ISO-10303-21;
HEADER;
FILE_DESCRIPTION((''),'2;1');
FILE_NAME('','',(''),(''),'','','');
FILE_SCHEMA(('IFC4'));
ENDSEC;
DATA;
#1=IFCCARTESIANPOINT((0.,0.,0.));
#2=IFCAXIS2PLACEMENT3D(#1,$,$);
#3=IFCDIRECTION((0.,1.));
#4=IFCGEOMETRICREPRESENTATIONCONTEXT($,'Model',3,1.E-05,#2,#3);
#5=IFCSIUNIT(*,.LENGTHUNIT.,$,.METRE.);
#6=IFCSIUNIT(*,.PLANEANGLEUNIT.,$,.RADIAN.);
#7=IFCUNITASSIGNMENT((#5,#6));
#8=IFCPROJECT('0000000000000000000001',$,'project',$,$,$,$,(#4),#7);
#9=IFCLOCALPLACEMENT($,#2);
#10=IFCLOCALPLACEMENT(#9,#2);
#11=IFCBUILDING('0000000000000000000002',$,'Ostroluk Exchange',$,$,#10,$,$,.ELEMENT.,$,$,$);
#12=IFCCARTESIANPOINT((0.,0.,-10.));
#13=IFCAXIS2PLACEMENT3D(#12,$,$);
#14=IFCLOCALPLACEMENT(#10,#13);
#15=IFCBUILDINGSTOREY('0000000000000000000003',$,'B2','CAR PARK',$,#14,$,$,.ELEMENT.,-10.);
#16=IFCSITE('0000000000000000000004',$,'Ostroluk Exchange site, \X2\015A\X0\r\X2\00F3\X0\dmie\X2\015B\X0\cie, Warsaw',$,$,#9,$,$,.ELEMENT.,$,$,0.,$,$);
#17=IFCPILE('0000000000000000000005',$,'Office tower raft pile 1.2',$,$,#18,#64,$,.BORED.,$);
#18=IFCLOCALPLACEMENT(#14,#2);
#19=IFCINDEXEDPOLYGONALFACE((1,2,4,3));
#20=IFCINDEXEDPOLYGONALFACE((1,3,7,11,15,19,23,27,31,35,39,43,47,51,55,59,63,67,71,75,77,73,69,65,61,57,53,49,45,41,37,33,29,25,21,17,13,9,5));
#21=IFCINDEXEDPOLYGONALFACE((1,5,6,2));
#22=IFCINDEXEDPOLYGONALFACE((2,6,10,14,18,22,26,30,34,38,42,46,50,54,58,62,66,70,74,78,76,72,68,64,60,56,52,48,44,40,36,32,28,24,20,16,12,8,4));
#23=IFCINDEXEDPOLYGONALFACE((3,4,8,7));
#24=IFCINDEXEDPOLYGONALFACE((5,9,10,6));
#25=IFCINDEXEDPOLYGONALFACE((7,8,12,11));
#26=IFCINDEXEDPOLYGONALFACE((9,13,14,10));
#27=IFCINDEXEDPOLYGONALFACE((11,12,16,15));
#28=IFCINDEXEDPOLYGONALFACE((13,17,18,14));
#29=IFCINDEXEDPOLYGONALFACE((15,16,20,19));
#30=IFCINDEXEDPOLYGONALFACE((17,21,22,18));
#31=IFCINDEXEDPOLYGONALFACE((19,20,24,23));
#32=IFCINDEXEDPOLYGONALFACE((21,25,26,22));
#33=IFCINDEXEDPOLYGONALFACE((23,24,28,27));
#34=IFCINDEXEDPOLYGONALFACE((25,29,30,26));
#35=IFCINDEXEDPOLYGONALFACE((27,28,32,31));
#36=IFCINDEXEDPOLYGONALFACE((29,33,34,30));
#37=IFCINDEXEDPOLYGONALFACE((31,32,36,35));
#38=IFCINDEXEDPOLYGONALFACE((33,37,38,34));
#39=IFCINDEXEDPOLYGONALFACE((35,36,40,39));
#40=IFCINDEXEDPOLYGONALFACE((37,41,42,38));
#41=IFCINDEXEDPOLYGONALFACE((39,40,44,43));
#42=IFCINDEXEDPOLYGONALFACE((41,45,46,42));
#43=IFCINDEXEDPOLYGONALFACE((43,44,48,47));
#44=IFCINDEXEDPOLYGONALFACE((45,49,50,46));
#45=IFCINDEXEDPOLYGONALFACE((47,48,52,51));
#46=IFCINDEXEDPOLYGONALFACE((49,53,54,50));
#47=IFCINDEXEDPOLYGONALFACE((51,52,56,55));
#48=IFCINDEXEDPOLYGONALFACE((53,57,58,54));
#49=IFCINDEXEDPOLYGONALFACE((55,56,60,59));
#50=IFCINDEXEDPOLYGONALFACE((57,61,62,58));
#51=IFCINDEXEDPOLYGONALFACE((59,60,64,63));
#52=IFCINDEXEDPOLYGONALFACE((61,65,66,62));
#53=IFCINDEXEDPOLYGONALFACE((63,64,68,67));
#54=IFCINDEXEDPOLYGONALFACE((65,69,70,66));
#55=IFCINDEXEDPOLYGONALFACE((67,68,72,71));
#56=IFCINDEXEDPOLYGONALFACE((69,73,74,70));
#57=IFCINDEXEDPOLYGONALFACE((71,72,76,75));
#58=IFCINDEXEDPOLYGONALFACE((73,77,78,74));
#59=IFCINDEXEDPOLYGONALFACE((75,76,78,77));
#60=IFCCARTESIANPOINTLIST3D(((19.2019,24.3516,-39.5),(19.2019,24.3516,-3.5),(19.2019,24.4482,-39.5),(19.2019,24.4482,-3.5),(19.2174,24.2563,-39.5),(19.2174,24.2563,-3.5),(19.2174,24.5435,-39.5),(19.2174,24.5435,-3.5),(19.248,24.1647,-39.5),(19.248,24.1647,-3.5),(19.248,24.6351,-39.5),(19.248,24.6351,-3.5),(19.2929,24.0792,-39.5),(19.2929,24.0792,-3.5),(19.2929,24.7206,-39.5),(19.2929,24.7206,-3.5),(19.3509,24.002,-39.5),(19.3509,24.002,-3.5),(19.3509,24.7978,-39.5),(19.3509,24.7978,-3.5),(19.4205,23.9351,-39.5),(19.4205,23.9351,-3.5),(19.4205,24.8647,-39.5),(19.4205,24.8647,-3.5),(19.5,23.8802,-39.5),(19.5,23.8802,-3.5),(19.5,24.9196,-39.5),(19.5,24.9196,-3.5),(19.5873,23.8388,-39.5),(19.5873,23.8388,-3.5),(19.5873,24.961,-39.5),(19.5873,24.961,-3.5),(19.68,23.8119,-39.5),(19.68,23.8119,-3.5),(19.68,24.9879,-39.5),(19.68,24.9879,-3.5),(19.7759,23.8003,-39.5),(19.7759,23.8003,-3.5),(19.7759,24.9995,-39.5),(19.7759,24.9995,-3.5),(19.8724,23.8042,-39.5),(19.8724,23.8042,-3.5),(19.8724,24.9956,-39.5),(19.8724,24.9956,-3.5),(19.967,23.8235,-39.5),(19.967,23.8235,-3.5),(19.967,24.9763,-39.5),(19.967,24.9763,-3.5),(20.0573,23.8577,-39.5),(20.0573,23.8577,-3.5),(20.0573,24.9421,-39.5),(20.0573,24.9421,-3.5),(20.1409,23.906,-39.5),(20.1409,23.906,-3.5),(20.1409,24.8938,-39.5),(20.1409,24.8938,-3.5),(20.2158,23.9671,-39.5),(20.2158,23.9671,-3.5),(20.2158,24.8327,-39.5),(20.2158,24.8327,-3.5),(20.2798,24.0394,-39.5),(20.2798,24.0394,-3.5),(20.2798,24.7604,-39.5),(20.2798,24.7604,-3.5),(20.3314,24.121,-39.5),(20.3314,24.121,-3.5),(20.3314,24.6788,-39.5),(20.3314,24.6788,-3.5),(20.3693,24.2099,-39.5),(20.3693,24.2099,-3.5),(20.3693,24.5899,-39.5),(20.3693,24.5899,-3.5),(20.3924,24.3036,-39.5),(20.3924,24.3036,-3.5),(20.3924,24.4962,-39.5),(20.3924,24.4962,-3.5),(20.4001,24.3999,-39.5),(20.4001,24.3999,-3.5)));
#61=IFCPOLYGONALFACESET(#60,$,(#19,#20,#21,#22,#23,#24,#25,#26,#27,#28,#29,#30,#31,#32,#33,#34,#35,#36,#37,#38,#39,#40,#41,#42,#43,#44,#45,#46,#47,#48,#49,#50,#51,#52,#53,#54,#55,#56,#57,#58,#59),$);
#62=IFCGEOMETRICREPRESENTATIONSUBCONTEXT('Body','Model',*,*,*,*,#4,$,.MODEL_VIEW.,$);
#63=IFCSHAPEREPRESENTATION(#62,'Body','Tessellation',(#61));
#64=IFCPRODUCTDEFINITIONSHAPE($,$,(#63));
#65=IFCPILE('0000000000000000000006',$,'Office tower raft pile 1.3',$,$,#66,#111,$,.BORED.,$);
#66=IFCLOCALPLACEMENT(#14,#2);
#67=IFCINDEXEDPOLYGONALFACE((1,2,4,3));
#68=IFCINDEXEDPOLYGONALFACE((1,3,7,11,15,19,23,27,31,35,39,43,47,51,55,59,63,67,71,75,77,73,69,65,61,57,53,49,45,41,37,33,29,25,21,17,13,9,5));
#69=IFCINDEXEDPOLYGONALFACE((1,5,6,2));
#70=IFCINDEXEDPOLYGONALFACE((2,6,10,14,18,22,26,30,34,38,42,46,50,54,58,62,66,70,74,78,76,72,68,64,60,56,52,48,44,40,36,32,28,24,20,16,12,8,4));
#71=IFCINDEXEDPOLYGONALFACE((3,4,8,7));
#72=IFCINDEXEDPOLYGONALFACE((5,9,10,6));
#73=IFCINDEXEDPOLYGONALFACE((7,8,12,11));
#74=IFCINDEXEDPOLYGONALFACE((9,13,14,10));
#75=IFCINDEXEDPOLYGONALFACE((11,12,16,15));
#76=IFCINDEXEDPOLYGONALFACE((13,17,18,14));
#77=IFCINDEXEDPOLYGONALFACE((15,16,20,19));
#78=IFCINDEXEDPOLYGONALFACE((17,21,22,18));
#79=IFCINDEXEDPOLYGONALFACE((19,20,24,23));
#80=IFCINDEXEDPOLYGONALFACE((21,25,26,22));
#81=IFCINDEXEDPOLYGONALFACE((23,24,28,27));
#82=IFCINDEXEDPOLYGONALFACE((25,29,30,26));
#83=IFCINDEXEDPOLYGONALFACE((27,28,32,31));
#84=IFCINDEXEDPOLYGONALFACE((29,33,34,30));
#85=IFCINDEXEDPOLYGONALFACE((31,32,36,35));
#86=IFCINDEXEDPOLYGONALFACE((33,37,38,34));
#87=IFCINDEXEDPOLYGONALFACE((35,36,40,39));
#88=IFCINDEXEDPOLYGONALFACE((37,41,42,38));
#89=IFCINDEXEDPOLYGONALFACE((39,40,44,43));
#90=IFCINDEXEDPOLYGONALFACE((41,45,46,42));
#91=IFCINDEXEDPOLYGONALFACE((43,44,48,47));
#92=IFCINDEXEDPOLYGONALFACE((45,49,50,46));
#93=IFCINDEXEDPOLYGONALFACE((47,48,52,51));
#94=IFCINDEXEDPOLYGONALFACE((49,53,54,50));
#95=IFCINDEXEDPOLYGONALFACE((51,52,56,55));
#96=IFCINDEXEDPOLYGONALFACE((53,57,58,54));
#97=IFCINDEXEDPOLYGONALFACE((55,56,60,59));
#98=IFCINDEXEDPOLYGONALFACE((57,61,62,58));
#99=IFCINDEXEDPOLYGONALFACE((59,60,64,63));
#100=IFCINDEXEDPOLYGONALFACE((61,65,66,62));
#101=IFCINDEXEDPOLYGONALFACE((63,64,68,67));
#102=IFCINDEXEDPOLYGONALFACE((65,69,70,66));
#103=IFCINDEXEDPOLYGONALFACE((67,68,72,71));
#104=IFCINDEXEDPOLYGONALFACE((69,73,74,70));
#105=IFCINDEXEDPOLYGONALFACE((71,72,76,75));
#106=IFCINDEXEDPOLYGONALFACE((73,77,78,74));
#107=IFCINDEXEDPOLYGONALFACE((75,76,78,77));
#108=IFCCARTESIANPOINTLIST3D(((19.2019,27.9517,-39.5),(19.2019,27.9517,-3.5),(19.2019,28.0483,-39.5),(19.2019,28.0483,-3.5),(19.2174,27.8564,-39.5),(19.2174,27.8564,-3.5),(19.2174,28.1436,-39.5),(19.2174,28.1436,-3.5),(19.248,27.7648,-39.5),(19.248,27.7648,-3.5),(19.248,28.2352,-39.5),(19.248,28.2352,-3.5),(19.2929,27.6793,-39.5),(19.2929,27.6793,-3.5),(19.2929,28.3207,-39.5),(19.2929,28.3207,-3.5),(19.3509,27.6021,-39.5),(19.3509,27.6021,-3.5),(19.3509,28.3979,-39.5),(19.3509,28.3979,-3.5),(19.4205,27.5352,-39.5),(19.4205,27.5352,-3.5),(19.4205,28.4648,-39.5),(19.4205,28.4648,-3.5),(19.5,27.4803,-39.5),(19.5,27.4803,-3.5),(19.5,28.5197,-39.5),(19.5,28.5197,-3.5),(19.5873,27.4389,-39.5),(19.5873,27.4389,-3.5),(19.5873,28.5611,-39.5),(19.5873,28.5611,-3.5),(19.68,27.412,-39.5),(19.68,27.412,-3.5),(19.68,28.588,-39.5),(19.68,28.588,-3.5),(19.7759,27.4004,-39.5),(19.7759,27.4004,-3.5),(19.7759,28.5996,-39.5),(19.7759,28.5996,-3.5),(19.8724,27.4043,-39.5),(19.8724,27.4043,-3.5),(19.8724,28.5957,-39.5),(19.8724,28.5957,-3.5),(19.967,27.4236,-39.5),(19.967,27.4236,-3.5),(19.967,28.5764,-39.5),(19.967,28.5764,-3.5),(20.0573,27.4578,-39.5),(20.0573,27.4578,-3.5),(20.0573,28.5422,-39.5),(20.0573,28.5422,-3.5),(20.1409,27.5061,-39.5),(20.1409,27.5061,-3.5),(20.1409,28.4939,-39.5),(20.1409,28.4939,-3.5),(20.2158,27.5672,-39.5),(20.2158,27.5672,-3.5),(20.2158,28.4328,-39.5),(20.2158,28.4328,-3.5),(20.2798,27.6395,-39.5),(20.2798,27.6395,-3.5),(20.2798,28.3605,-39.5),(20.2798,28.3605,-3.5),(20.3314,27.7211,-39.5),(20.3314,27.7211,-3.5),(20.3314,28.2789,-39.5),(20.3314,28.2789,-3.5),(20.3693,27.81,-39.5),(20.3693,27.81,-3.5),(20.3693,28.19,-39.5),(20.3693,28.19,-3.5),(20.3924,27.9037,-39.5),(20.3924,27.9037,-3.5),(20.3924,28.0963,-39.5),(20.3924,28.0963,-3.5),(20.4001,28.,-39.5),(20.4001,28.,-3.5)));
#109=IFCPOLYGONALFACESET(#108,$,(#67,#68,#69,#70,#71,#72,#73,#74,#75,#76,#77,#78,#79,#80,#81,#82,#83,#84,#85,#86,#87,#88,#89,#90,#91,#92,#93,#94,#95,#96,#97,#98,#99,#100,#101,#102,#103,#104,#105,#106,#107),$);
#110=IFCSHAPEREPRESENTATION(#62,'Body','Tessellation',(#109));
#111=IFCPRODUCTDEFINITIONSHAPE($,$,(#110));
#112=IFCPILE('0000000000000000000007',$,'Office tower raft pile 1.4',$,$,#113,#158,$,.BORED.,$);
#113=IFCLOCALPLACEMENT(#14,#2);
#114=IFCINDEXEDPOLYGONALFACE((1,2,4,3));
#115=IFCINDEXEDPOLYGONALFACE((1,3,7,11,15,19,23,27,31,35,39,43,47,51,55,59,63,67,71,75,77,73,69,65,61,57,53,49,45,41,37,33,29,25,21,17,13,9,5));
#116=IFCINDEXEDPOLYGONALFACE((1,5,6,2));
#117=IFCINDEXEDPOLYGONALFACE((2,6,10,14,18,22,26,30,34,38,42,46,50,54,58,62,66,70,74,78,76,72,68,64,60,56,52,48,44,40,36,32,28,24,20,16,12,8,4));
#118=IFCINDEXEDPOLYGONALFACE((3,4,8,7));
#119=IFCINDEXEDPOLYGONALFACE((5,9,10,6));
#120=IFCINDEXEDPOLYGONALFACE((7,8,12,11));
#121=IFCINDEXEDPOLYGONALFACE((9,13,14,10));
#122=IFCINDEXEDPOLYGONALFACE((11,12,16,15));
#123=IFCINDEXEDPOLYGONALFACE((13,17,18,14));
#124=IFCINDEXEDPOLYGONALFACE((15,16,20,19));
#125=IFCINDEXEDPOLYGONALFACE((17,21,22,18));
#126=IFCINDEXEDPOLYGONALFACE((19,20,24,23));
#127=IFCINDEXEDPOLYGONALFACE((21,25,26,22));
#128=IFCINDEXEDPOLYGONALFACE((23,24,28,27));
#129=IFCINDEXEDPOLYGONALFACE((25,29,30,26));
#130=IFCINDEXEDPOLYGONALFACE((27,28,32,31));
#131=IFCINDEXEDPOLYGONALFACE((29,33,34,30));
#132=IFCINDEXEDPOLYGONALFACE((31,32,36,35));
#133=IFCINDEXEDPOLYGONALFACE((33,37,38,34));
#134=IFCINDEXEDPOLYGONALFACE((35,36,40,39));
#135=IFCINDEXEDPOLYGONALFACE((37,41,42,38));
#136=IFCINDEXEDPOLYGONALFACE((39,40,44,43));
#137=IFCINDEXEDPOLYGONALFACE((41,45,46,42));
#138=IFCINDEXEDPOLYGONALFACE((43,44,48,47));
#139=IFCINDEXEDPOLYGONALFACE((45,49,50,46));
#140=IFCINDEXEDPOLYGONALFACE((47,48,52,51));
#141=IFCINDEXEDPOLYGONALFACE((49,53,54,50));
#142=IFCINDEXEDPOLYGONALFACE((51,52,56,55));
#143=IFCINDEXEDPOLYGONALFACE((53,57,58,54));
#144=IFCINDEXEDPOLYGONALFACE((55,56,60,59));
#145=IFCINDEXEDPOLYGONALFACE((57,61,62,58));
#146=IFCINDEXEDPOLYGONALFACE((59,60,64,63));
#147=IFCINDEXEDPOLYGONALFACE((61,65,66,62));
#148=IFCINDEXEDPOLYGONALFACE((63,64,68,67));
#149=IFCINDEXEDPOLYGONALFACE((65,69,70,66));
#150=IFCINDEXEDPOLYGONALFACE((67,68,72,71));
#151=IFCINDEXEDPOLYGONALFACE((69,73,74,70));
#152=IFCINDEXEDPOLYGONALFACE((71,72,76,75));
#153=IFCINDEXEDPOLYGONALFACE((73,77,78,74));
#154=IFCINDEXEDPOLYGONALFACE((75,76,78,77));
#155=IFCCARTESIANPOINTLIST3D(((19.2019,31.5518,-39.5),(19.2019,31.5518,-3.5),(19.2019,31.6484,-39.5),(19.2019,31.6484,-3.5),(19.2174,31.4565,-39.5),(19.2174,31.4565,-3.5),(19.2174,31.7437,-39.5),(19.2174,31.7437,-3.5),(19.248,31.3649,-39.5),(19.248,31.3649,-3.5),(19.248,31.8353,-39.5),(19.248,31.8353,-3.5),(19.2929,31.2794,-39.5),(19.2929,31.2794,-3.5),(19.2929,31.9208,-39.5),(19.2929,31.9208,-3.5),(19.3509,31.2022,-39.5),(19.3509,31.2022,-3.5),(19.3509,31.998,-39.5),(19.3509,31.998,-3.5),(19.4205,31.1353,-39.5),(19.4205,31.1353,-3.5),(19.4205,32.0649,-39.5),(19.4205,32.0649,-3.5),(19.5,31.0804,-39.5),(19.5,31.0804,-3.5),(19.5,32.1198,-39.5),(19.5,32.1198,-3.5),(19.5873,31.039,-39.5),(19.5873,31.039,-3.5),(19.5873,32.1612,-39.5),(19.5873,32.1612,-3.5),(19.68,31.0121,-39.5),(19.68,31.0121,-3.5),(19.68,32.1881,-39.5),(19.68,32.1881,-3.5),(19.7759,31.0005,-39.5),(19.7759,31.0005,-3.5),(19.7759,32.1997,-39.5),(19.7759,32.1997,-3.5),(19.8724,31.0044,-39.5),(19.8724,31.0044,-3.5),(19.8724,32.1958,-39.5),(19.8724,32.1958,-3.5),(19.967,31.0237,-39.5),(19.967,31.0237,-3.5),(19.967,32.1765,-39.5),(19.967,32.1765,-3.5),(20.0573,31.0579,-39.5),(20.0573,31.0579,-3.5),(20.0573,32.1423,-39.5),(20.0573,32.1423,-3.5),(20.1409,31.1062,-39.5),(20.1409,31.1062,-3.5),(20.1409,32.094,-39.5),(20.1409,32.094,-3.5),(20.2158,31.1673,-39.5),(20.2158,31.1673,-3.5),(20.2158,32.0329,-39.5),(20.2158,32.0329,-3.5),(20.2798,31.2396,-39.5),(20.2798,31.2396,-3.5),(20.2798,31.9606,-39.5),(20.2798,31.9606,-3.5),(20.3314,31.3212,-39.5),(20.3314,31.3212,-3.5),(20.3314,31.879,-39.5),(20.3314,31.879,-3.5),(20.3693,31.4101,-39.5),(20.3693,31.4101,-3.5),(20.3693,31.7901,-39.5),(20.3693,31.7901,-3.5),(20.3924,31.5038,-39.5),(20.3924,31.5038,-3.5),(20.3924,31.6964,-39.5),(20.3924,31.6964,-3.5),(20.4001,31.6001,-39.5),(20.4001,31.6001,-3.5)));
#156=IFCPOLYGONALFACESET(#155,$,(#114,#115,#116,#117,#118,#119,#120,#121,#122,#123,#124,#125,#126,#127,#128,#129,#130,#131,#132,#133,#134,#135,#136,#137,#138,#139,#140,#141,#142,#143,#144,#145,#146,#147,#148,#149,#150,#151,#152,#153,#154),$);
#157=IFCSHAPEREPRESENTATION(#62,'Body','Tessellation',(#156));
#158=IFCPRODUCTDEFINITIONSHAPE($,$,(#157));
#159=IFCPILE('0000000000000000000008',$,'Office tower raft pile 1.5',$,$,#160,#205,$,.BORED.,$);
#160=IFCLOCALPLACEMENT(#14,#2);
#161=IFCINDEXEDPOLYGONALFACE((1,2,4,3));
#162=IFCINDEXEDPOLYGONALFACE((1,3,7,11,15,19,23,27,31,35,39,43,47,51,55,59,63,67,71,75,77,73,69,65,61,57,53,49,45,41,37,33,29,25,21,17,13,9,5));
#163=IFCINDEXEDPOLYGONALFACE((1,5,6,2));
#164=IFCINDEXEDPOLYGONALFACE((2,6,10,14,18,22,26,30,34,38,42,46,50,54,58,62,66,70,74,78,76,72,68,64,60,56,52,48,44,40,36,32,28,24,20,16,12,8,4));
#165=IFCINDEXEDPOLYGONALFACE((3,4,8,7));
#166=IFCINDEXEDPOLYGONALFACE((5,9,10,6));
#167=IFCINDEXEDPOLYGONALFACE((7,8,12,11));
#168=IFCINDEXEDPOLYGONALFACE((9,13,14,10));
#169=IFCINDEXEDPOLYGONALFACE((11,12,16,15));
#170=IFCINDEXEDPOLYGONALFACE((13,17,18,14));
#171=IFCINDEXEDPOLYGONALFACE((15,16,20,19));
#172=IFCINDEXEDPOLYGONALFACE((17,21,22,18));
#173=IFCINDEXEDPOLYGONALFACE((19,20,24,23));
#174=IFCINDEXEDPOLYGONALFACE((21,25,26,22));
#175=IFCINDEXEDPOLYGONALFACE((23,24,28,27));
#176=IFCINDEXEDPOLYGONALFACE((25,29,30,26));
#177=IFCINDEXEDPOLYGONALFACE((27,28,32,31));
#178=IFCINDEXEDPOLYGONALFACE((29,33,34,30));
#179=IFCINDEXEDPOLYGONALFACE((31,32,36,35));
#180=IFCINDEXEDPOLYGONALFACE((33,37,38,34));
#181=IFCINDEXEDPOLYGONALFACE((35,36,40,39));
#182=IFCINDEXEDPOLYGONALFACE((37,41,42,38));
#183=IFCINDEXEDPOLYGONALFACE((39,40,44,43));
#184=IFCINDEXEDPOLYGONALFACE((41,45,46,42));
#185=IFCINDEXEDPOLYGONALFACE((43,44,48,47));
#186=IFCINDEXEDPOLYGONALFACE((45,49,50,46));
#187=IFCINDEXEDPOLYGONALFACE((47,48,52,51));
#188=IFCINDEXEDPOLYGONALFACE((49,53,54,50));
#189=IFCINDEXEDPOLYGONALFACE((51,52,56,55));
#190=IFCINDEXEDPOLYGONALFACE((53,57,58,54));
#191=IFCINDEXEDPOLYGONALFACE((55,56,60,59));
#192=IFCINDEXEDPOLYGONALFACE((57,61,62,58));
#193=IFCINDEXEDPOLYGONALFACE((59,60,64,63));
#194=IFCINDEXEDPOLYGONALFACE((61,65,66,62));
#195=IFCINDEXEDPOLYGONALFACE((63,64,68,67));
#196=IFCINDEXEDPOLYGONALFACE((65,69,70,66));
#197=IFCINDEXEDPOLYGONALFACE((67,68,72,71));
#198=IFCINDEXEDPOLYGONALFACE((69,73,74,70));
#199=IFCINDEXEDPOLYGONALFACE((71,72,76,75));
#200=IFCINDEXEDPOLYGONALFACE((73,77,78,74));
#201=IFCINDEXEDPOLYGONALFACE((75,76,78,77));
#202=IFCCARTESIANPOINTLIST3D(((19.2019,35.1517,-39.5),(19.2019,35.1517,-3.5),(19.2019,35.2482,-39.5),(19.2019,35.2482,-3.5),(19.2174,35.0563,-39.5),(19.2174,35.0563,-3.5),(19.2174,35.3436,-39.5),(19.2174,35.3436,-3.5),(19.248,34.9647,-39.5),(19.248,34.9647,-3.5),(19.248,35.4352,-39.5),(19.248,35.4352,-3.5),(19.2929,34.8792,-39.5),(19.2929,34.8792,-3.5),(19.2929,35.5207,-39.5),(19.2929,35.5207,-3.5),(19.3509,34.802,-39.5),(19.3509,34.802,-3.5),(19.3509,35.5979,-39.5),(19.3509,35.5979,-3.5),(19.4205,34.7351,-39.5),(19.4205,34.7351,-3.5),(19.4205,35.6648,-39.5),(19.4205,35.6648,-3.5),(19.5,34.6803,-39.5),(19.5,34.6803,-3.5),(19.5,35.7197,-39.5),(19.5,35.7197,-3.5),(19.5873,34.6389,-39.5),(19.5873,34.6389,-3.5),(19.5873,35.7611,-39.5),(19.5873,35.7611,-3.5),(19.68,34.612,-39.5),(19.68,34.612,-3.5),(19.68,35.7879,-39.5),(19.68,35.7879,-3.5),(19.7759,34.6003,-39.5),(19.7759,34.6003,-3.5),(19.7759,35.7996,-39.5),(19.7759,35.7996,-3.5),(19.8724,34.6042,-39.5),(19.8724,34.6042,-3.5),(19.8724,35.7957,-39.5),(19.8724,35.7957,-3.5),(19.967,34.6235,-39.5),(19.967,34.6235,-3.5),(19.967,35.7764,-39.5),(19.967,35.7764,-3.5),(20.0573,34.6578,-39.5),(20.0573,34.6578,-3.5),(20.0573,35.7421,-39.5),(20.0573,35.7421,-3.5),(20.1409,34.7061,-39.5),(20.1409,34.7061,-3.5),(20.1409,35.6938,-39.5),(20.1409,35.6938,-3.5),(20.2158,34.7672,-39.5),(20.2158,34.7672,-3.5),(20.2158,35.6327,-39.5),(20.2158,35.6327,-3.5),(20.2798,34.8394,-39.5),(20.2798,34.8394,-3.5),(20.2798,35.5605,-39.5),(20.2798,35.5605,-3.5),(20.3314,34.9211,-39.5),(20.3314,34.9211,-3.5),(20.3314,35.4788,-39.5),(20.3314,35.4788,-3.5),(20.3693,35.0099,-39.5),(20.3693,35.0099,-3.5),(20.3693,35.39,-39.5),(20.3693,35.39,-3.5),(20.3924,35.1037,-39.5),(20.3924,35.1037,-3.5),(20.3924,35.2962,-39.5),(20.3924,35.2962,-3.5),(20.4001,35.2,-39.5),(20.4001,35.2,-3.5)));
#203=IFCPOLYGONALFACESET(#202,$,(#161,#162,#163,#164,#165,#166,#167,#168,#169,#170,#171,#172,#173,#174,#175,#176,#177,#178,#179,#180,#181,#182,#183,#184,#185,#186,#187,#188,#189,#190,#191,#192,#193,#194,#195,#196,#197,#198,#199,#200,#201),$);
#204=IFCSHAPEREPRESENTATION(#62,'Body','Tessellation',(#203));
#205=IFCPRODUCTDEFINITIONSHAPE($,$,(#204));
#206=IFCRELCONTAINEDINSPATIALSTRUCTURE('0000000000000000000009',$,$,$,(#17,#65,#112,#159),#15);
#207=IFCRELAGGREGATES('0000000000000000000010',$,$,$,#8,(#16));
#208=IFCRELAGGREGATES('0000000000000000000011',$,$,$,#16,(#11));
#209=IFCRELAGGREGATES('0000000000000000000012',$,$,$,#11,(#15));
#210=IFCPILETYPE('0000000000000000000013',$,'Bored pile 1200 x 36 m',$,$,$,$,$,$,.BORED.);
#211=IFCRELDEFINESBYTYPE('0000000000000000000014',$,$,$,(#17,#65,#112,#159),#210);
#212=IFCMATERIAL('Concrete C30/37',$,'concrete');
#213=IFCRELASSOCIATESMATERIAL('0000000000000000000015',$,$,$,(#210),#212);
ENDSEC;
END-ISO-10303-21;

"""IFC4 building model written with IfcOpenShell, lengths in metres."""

from ifc_helpers import new_model, si_unit, direction, frame, origin, origin_2d, place, context, subcontext, project, spatial, circle, extrude, material, type_object, element, save


model = new_model("IFC4")

# Units and contexts
model_context = context("Model", 3, precision=1e-05, world=origin(), true_north=direction((0.0, 1.0)))
body_context = subcontext(model_context, "Body", "Model", "MODEL_VIEW")
ifc_project = project(units=[si_unit("LENGTHUNIT", "METRE"), si_unit("PLANEANGLEUNIT", "RADIAN")], contexts=[model_context])

# Site, building, storey
site_placement = place(None, origin())
site = spatial("IfcSite", under=ifc_project, at=site_placement, Name="Ostroluk Exchange site, Śródmieście, Warsaw", CompositionType="ELEMENT", RefElevation=0.0)
building_placement = place(site_placement, origin())
building = spatial("IfcBuilding", under=site, at=building_placement, Name="Ostroluk Exchange", CompositionType="ELEMENT")
storey_placement = place(building_placement, frame((0.0, 0.0, -10.0)))
storey = spatial("IfcBuildingStorey", under=building, at=storey_placement, Name="B2", Description="CAR PARK", CompositionType="ELEMENT", Elevation=-10.0)

# Piles
ifc_material_1 = material(Name="Concrete C30/37", Category="concrete")
pile_type_1 = type_object("IfcPileType", Name="Bored pile 1200 x 36 m", PredefinedType="BORED", material=ifc_material_1)
for number, where, z_axis, x_axis, name in (
    (1, (19.8, 24.3999, -3.5), (0.0, 0.0, -1.0), (1.0, 0.0, 0.0), "Office tower raft pile 1.2"),
    (2, (19.8, 28.0, -3.5), (0.0, 0.0, -1.0), (1.0, 0.0, 0.0), "Office tower raft pile 1.3"),
    (3, (19.8, 31.6001, -3.5), (0.0, 0.0, -1.0), (1.0, 0.0, 0.0), "Office tower raft pile 1.4"),
    (4, (19.8, 35.2, -3.5), (0.0, 0.0, -1.0), (1.0, 0.0, 0.0), "Office tower raft pile 1.5"),
):
    element("IfcPile", number, at=place(storey_placement, frame(where, z_axis=z_axis, x_axis=x_axis)), inside=storey, type_object=pile_type_1, Name=name, PredefinedType="BORED", context=body_context, shape_type="SweptSolid", body=[
        extrude(circle(Radius=0.6001, at=origin_2d()), origin(), (0.0, 0.0, 1.0), 36.0),
    ])

save(model, "model.ifc")
